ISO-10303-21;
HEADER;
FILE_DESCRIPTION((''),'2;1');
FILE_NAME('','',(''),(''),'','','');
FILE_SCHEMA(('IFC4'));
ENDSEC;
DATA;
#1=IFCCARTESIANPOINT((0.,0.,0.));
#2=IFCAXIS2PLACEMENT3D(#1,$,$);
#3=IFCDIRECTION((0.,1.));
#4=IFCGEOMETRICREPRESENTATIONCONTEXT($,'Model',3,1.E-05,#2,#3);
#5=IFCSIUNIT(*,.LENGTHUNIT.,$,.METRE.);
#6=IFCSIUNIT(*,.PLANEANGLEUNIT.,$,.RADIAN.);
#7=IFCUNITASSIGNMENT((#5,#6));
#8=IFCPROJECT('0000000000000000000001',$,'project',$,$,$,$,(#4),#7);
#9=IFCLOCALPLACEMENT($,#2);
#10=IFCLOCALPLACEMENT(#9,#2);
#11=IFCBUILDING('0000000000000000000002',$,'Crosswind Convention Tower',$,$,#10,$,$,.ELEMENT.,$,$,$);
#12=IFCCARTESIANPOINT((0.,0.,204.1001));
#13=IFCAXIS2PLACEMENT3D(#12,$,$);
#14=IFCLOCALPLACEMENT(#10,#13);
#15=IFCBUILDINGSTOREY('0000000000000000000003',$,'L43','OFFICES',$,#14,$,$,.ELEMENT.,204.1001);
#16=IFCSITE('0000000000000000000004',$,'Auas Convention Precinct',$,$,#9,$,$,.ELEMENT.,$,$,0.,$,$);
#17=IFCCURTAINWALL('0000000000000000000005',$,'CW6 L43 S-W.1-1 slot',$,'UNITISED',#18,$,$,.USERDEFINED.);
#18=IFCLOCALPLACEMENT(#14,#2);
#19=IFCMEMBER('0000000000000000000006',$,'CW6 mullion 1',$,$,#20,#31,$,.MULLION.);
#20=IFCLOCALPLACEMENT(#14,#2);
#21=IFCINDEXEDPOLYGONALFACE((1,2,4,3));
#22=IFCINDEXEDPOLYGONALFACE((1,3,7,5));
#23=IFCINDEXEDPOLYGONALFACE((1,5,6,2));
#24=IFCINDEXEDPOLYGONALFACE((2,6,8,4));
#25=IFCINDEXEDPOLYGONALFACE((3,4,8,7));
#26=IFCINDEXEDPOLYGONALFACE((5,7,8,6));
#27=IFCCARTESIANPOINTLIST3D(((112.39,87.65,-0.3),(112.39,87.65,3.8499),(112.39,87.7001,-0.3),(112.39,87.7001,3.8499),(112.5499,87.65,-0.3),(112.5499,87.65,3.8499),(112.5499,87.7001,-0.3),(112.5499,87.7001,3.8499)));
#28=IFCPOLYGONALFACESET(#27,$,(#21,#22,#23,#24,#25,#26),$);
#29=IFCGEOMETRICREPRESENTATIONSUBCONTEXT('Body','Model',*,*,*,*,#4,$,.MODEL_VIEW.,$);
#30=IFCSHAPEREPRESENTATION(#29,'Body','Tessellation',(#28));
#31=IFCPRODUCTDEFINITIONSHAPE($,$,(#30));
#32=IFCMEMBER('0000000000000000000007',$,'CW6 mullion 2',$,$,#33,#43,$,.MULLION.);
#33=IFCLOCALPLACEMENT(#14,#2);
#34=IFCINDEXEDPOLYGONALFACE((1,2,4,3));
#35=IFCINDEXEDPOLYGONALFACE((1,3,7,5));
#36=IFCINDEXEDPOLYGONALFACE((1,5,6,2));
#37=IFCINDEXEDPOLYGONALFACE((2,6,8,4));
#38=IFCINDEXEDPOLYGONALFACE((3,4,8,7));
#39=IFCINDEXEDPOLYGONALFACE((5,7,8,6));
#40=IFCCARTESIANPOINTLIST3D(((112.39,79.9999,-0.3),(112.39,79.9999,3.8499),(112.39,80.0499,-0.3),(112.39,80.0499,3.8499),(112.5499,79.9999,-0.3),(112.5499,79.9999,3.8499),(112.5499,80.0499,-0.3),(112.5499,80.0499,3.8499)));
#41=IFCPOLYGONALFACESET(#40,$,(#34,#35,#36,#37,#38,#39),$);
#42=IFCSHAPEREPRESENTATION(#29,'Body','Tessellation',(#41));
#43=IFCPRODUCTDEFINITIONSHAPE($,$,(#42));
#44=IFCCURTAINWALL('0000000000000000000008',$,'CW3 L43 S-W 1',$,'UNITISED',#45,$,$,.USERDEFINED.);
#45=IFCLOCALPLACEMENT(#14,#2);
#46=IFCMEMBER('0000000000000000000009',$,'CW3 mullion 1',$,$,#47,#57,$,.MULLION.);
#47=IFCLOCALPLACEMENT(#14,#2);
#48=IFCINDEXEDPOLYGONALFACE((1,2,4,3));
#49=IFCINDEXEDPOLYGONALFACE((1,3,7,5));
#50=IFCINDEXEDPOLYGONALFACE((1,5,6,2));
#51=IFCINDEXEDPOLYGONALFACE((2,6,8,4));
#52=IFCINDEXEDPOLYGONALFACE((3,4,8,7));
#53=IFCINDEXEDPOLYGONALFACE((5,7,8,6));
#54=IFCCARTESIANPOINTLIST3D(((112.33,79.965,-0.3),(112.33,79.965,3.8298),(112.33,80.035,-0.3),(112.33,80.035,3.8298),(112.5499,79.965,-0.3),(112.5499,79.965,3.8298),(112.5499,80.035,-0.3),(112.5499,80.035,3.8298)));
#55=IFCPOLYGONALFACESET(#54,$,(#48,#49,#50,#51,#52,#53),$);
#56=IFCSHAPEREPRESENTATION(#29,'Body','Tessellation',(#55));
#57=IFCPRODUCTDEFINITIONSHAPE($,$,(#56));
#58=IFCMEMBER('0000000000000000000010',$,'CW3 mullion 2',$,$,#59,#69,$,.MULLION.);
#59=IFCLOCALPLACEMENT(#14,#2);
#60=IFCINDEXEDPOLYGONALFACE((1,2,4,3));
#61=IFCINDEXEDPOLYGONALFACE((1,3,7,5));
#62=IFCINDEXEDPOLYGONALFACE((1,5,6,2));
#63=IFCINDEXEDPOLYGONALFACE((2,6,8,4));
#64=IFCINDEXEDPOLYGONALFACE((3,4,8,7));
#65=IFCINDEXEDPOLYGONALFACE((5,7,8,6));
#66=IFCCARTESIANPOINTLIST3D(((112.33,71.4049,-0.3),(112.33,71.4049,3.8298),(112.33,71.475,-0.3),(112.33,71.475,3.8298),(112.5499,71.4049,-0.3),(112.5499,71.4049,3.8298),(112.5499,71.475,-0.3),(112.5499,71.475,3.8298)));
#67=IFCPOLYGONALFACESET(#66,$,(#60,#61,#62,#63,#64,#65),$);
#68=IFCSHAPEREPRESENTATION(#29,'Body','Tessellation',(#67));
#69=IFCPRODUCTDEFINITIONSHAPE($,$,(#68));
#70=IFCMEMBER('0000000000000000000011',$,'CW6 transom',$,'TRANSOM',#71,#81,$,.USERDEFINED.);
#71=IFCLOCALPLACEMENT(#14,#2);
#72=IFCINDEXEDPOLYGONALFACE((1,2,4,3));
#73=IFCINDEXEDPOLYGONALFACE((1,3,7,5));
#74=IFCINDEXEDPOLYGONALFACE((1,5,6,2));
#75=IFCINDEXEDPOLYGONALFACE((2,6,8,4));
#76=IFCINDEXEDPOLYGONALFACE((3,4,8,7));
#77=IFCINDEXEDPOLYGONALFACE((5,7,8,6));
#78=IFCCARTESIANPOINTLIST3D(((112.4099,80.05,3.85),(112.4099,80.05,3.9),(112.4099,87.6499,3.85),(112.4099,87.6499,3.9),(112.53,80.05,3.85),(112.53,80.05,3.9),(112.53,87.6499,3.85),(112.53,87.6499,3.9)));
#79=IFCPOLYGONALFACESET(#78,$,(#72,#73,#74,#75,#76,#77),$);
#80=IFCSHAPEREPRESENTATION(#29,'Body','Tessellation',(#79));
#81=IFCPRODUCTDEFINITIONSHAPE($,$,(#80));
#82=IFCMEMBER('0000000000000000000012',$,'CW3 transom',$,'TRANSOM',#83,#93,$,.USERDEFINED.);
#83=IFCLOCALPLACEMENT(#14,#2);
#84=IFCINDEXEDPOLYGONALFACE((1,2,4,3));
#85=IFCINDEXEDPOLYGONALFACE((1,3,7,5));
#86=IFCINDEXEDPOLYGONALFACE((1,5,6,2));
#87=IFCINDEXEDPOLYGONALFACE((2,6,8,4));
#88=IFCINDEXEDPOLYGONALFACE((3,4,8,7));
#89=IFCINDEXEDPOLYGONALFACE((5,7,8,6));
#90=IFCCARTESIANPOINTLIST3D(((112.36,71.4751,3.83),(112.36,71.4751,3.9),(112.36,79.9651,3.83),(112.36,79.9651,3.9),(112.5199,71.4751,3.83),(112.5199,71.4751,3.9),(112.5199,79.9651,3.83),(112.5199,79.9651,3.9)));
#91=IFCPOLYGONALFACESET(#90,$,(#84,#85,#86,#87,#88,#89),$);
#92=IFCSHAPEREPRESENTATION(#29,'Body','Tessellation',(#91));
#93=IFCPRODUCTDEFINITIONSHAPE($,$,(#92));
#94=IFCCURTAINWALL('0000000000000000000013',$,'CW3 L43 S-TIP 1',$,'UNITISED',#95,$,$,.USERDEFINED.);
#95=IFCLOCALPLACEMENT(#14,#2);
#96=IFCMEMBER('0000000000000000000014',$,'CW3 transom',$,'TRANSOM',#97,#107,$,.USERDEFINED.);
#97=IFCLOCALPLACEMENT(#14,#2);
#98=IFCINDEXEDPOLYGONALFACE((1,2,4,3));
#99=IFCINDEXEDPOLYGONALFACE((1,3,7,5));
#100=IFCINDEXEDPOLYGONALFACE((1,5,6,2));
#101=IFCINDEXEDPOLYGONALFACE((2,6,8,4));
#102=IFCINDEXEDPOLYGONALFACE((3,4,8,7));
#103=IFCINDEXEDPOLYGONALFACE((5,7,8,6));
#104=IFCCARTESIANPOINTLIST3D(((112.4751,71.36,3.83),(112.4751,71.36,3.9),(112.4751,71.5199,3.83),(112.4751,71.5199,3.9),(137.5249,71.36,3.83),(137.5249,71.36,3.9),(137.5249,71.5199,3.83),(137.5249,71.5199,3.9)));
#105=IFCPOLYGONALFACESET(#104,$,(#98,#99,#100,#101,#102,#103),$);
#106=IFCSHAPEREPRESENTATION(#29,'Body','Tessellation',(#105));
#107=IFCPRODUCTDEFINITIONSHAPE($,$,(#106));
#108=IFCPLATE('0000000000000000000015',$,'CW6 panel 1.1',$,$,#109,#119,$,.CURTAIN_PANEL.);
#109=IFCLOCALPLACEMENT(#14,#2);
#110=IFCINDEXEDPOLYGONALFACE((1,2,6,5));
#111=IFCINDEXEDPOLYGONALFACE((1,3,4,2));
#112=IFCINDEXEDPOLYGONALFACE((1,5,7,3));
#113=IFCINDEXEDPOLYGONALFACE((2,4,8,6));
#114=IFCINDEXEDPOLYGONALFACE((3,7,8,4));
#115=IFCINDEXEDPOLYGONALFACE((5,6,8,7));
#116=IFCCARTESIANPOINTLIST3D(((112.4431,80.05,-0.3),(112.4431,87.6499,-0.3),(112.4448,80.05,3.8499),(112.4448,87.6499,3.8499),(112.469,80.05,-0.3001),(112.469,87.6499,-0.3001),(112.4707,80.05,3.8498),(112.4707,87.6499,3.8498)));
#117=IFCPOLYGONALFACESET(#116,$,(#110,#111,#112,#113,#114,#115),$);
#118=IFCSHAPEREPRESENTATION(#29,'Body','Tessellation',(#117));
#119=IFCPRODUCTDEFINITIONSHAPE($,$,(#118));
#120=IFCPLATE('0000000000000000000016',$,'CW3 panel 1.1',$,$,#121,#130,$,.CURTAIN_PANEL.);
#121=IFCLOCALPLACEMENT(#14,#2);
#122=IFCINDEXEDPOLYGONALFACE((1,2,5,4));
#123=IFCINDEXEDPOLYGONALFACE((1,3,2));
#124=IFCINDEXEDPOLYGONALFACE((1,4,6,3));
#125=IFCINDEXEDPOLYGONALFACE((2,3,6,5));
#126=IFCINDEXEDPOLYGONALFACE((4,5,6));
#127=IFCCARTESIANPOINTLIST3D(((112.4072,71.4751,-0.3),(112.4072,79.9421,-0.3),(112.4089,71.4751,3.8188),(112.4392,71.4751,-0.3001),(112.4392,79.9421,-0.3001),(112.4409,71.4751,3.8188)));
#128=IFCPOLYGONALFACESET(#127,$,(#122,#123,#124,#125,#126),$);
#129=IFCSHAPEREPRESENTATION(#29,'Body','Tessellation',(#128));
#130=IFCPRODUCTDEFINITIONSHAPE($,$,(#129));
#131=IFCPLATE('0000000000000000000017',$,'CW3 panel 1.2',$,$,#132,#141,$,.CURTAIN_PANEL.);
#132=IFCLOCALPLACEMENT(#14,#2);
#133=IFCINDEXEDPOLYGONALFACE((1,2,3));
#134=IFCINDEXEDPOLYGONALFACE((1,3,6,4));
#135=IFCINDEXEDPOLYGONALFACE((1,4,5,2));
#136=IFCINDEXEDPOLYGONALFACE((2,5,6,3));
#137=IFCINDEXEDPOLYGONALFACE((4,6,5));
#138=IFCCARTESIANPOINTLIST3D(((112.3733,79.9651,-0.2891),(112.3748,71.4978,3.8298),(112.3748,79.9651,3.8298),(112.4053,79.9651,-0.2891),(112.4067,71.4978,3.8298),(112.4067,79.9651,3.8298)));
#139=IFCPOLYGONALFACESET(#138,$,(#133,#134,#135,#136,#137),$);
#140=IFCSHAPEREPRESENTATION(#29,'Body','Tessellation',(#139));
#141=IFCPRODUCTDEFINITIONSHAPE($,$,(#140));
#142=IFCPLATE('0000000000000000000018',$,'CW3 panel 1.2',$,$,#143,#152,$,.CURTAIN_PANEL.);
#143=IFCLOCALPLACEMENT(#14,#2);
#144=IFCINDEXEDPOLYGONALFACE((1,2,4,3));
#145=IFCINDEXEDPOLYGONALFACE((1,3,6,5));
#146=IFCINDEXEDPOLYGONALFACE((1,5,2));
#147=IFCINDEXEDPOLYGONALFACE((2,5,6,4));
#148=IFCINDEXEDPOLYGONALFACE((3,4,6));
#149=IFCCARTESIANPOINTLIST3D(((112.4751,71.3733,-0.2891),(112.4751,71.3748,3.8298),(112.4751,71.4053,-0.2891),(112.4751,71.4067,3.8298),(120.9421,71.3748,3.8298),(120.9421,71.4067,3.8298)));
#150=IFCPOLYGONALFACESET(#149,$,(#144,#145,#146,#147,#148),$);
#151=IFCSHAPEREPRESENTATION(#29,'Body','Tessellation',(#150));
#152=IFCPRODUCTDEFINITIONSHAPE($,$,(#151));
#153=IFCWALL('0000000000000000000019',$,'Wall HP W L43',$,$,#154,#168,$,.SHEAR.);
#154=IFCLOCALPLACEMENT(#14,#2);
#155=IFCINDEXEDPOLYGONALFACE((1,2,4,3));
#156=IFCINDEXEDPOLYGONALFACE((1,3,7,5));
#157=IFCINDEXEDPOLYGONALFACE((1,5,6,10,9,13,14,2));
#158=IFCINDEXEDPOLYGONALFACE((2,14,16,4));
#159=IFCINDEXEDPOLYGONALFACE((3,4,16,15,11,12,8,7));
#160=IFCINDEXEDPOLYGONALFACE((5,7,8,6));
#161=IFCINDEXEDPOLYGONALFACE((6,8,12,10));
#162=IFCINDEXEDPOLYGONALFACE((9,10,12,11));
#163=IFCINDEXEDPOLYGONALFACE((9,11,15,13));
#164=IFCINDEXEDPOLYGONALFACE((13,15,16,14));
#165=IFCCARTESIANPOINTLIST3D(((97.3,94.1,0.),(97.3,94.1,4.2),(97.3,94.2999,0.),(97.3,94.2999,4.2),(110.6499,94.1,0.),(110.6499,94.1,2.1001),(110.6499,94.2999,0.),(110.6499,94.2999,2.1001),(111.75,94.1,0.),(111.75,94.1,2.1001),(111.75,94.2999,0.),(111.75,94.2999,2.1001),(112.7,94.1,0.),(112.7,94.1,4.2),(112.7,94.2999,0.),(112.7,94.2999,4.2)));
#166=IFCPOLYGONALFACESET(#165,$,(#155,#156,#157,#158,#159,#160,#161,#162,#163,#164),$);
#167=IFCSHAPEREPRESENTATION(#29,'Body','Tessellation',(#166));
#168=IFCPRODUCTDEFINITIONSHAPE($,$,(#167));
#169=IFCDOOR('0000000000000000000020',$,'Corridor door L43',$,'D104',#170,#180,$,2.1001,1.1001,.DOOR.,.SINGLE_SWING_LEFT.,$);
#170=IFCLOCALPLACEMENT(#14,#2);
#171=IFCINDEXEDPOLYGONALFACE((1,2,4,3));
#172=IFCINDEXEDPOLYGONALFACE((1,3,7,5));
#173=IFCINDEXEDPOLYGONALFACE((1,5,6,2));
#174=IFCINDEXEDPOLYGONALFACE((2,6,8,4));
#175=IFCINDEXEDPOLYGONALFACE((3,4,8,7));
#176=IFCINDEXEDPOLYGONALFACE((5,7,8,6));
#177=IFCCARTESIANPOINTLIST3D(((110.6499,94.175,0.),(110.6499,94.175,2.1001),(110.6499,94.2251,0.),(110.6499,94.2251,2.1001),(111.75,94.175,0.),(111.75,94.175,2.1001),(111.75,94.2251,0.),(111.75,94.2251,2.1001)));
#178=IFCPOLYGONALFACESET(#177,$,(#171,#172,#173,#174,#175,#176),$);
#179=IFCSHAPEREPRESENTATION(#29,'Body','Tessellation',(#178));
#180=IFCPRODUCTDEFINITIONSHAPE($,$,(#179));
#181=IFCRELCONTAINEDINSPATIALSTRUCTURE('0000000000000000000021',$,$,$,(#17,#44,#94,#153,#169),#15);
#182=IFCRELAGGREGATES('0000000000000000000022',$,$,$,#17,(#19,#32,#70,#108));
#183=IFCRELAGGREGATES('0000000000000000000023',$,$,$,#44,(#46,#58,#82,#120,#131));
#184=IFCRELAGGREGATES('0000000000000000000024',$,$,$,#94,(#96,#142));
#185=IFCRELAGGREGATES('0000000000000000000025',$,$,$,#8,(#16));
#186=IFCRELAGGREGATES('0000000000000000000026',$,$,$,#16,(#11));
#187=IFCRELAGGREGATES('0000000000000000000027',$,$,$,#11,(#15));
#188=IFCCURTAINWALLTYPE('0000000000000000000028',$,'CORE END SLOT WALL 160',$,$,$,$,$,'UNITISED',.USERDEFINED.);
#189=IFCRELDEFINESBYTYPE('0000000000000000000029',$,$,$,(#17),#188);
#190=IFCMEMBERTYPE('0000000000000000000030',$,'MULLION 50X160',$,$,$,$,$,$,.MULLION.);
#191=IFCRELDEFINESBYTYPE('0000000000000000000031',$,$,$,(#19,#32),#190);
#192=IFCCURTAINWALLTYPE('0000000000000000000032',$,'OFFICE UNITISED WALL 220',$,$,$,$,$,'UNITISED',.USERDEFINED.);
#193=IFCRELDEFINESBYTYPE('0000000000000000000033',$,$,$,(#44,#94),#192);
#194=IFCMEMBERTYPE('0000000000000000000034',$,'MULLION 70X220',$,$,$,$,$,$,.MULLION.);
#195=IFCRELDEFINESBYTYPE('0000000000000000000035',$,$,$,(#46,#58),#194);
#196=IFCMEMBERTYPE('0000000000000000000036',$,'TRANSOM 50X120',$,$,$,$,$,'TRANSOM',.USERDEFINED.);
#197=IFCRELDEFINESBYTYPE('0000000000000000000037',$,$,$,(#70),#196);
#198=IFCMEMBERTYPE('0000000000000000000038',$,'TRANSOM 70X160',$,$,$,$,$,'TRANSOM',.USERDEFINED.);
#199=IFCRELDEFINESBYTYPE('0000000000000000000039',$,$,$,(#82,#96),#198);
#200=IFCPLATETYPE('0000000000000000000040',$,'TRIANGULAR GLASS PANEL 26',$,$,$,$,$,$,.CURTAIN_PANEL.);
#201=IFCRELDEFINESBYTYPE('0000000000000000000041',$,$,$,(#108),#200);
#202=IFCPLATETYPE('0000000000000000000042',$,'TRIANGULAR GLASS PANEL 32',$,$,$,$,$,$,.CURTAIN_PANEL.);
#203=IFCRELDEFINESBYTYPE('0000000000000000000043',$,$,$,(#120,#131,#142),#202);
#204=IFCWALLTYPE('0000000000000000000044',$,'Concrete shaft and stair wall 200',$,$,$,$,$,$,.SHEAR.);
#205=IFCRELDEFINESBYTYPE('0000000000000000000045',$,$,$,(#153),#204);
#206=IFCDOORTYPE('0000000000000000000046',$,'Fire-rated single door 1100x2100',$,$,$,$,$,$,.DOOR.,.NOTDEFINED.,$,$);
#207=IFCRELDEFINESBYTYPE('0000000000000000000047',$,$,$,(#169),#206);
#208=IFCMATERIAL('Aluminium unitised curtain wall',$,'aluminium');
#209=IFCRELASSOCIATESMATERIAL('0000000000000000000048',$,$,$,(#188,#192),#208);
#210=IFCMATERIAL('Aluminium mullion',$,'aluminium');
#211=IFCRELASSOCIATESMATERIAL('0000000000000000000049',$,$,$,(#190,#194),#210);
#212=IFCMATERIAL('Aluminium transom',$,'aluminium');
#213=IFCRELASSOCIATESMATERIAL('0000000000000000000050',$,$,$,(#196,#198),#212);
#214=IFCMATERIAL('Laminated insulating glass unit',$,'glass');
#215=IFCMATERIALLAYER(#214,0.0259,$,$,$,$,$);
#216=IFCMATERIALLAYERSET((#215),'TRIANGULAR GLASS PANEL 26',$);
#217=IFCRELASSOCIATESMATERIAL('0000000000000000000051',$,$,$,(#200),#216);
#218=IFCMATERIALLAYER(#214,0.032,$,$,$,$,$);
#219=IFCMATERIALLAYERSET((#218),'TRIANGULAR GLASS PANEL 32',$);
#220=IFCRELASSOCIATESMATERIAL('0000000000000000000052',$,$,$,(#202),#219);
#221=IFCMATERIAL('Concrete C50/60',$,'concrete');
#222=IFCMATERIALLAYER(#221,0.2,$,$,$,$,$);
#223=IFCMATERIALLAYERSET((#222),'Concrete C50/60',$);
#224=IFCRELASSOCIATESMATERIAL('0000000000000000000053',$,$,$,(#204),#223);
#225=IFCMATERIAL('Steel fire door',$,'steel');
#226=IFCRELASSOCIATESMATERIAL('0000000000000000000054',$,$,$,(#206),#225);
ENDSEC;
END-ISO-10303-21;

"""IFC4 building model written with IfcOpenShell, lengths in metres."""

from ifc_helpers import new_model, si_unit, direction, frame, frame_2d, origin, origin_2d, place, context, subcontext, project, spatial, polyline, rectangle, outline, extrude, material, layer, layer_set, material_profile, profile_set, type_object, element, fill, aggregate, save


model = new_model("IFC4")

# Units and contexts
model_context = context("Model", 3, precision=1e-05, world=origin(), true_north=direction((0.0, 1.0)))
body_context = subcontext(model_context, "Body", "Model", "MODEL_VIEW")
ifc_project = project(units=[si_unit("LENGTHUNIT", "METRE"), si_unit("PLANEANGLEUNIT", "RADIAN")], contexts=[model_context])

# Site, building, storey
site_placement = place(None, origin())
site = spatial("IfcSite", under=ifc_project, at=site_placement, Name="Auas Convention Precinct", CompositionType="ELEMENT", RefElevation=0.0)
building_placement = place(site_placement, origin())
building = spatial("IfcBuilding", under=site, at=building_placement, Name="Crosswind Convention Tower", CompositionType="ELEMENT")
storey_placement = place(building_placement, frame((0.0, 0.0, 204.1001)))
storey = spatial("IfcBuildingStorey", under=building, at=storey_placement, Name="L43", Description="OFFICES", CompositionType="ELEMENT", Elevation=204.1001)

# Curtain walls, members
ifc_material_1 = material(Name="Aluminium unitised curtain wall", Category="aluminium")
curtain_wall_type_1 = type_object("IfcCurtainWallType", Name="CORE END SLOT WALL 160", ElementType="UNITISED", PredefinedType="USERDEFINED", material=ifc_material_1)
curtain_wall_1_placement = place(storey_placement, origin())
curtain_wall_1 = element("IfcCurtainWall", 1, at=curtain_wall_1_placement, inside=storey, type_object=curtain_wall_type_1, Name="CW6 L43 S-W.1-1 slot", ObjectType="UNITISED", PredefinedType="USERDEFINED")
ifc_material_2 = material(Name="Aluminium mullion", Category="aluminium")
ifc_material_profile_1 = material_profile(ifc_material_2, rectangle(XDim=0.1599, YDim=0.05, at=origin_2d()), Name="AL 160X50")
ifc_profile_set_1 = profile_set([ifc_material_profile_1], Name="Aluminium mullion")
member_type_1 = type_object("IfcMemberType", Name="MULLION 50X160", PredefinedType="MULLION", material=ifc_profile_set_1)
member_1_placement = place(storey_placement, frame((112.47, 87.675, -0.3), z_axis=(0.0, 0.0, 1.0), x_axis=(-1.0, 0.0, 0.0)))
member_1 = element("IfcMember", 2, at=member_1_placement, type_object=member_type_1, Name="CW6 mullion 1", PredefinedType="MULLION", context=body_context, shape_type="SweptSolid", body=[
    extrude(rectangle(XDim=0.1599, YDim=0.05, at=origin_2d()), origin(), (0.0, 0.0, 1.0), 4.1499),
])
member_2_placement = place(storey_placement, frame((112.47, 80.0249, -0.3), z_axis=(0.0, 0.0, 1.0), x_axis=(-1.0, 0.0, 0.0)))
member_2 = element("IfcMember", 3, at=member_2_placement, type_object=member_type_1, Name="CW6 mullion 2", PredefinedType="MULLION", context=body_context, shape_type="SweptSolid", body=[
    extrude(rectangle(XDim=0.1599, YDim=0.05, at=origin_2d()), origin(), (0.0, 0.0, 1.0), 4.1499),
])
curtain_wall_type_2 = type_object("IfcCurtainWallType", Name="OFFICE UNITISED WALL 220", ElementType="UNITISED", PredefinedType="USERDEFINED", material=ifc_material_1)
curtain_wall_2_placement = place(storey_placement, origin())
curtain_wall_2 = element("IfcCurtainWall", 4, at=curtain_wall_2_placement, inside=storey, type_object=curtain_wall_type_2, Name="CW3 L43 S-W 1", ObjectType="UNITISED", PredefinedType="USERDEFINED")
ifc_material_profile_2 = material_profile(ifc_material_2, rectangle(XDim=0.22, YDim=0.0701, at=origin_2d()), Name="AL 220X70")
ifc_profile_set_2 = profile_set([ifc_material_profile_2], Name="Aluminium mullion")
member_type_2 = type_object("IfcMemberType", Name="MULLION 70X220", PredefinedType="MULLION", material=ifc_profile_set_2)
member_3_placement = place(storey_placement, frame((112.4399, 80.0, -0.3), z_axis=(0.0, 0.0, 1.0), x_axis=(-1.0, 0.0, 0.0)))
member_3 = element("IfcMember", 5, at=member_3_placement, type_object=member_type_2, Name="CW3 mullion 1", PredefinedType="MULLION", context=body_context, shape_type="SweptSolid", body=[
    extrude(rectangle(XDim=0.22, YDim=0.0701, at=origin_2d()), origin(), (0.0, 0.0, 1.0), 4.1299),
])
member_4_placement = place(storey_placement, frame((112.4399, 71.4399, -0.3), z_axis=(0.0, 0.0, 1.0), x_axis=(-1.0, 0.0, 0.0)))
member_4 = element("IfcMember", 6, at=member_4_placement, type_object=member_type_2, Name="CW3 mullion 2", PredefinedType="MULLION", context=body_context, shape_type="SweptSolid", body=[
    extrude(rectangle(XDim=0.22, YDim=0.0701, at=origin_2d()), origin(), (0.0, 0.0, 1.0), 4.1299),
])

# Members
ifc_material_3 = material(Name="Aluminium transom", Category="aluminium")
ifc_material_profile_3 = material_profile(ifc_material_3, rectangle(XDim=0.1201, YDim=0.05, at=origin_2d()), Name="AL 120X50")
ifc_profile_set_3 = profile_set([ifc_material_profile_3], Name="Aluminium transom")
member_type_3 = type_object("IfcMemberType", Name="TRANSOM 50X120", ElementType="TRANSOM", PredefinedType="USERDEFINED", material=ifc_profile_set_3)
member_5_placement = place(storey_placement, frame((112.47, 87.6499, 3.875), z_axis=(0.0, -1.0, 0.0), x_axis=(1.0, 0.0, 0.0)))
member_5 = element("IfcMember", 7, at=member_5_placement, type_object=member_type_3, Name="CW6 transom", ObjectType="TRANSOM", PredefinedType="USERDEFINED", context=body_context, shape_type="SweptSolid", body=[
    extrude(rectangle(XDim=0.1201, YDim=0.05, at=origin_2d()), origin(), (0.0, 0.0, 1.0), 7.5999),
])
ifc_material_profile_4 = material_profile(ifc_material_3, rectangle(XDim=0.1599, YDim=0.0701, at=origin_2d()), Name="AL 160X70")
ifc_profile_set_4 = profile_set([ifc_material_profile_4], Name="Aluminium transom")
member_type_4 = type_object("IfcMemberType", Name="TRANSOM 70X160", ElementType="TRANSOM", PredefinedType="USERDEFINED", material=ifc_profile_set_4)
member_6_placement = place(storey_placement, frame((112.4399, 79.9651, 3.865), z_axis=(0.0, -1.0, 0.0), x_axis=(1.0, 0.0, 0.0)))
member_6 = element("IfcMember", 8, at=member_6_placement, type_object=member_type_4, Name="CW3 transom", ObjectType="TRANSOM", PredefinedType="USERDEFINED", context=body_context, shape_type="SweptSolid", body=[
    extrude(rectangle(XDim=0.1599, YDim=0.0701, at=origin_2d()), origin(), (0.0, 0.0, 1.0), 8.49),
])

# Curtain wall, member
curtain_wall_3_placement = place(storey_placement, origin())
curtain_wall_3 = element("IfcCurtainWall", 9, at=curtain_wall_3_placement, inside=storey, type_object=curtain_wall_type_2, Name="CW3 L43 S-TIP 1", ObjectType="UNITISED", PredefinedType="USERDEFINED")
member_7_placement = place(storey_placement, frame((112.4751, 71.4399, 3.865), z_axis=(1.0, 0.0, 0.0), x_axis=(0.0, 1.0, 0.0)))
member_7 = element("IfcMember", 10, at=member_7_placement, type_object=member_type_4, Name="CW3 transom", ObjectType="TRANSOM", PredefinedType="USERDEFINED", context=body_context, shape_type="SweptSolid", body=[
    extrude(rectangle(XDim=0.1599, YDim=0.0701, at=origin_2d()), origin(), (0.0, 0.0, 1.0), 25.0498),
])

# Plates
ifc_material_4 = material(Name="Laminated insulating glass unit", Category="glass")
ifc_layer_1 = layer(ifc_material_4, 0.0259)
ifc_layer_set_1 = layer_set([ifc_layer_1], Name="TRIANGULAR GLASS PANEL 26")
plate_type_1 = type_object("IfcPlateType", Name="TRIANGULAR GLASS PANEL 26", PredefinedType="CURTAIN_PANEL", material=ifc_layer_set_1)
plate_1_placement = place(storey_placement, frame((112.4431, 87.6499, -0.3), z_axis=(-1.0, 0.0, 0.000412), x_axis=(0.0, -1.0, 0.0)))
plate_1 = element("IfcPlate", 11, at=plate_1_placement, type_object=plate_type_1, Name="CW6 panel 1.1", PredefinedType="CURTAIN_PANEL", context=body_context, shape_type="SweptSolid", body=[
    extrude(outline(polyline([(0.0, 0.0), (7.5999, 0.0), (7.5999, 4.1499), (0.0, 4.1499), (0.0, 0.0)])), origin(), (0.0, 0.0, -1.0), 0.0259),
])
aggregate(curtain_wall_1, [member_1, member_2, member_5, plate_1])
ifc_layer_2 = layer(ifc_material_4, 0.032)
ifc_layer_set_2 = layer_set([ifc_layer_2], Name="TRIANGULAR GLASS PANEL 32")
plate_type_2 = type_object("IfcPlateType", Name="TRIANGULAR GLASS PANEL 32", PredefinedType="CURTAIN_PANEL", material=ifc_layer_set_2)
plate_2_placement = place(storey_placement, frame((112.4072, 71.4751, -0.3), z_axis=(-1.0, 0.0, 0.000415), x_axis=(0.000415, 0.0, 1.0)))
plate_2 = element("IfcPlate", 12, at=plate_2_placement, type_object=plate_type_2, Name="CW3 panel 1.1", PredefinedType="CURTAIN_PANEL", context=body_context, shape_type="SweptSolid", body=[
    extrude(outline(polyline([(0.0, 0.0), (4.1189, 0.0), (0.0, 8.467), (0.0, 0.0)])), origin(), (0.0, 0.0, -1.0), 0.032),
])
plate_3_placement = place(storey_placement, frame((112.3748, 79.9651, 3.8298), z_axis=(-1.0, 0.0, 0.000356), x_axis=(-0.000356, 0.0, -1.0)))
plate_3 = element("IfcPlate", 13, at=plate_3_placement, type_object=plate_type_2, Name="CW3 panel 1.2", PredefinedType="CURTAIN_PANEL", context=body_context, shape_type="SweptSolid", body=[
    extrude(outline(polyline([(0.0, 0.0), (4.1189, 0.0), (0.0, 8.4673), (0.0, 0.0)])), origin(), (0.0, 0.0, -1.0), 0.032),
])
plate_4_placement = place(storey_placement, frame((112.4751, 71.3748, 3.8298), z_axis=(0.0, -1.0, 0.000356), x_axis=(0.0, -0.000356, -1.0)))
plate_4 = element("IfcPlate", 14, at=plate_4_placement, type_object=plate_type_2, Name="CW3 panel 1.2", PredefinedType="CURTAIN_PANEL", context=body_context, shape_type="SweptSolid", body=[
    extrude(outline(polyline([(0.0, 0.0), (4.1189, 0.0), (0.0, 8.467), (0.0, 0.0)])), origin(), (0.0, 0.0, -1.0), 0.032),
])

# Wall, opening, door
ifc_material_5 = material(Name="Concrete C50/60", Category="concrete")
ifc_layer_3 = layer(ifc_material_5, 0.2)
ifc_layer_set_3 = layer_set([ifc_layer_3], Name="Concrete C50/60")
wall_type_1 = type_object("IfcWallType", Name="Concrete shaft and stair wall 200", PredefinedType="SHEAR", material=ifc_layer_set_3)
wall_1_placement = place(storey_placement, frame((112.7, 94.2, 0.0), z_axis=(0.0, 0.0, 1.0), x_axis=(-1.0, 0.0, 0.0)))
wall_1 = element("IfcWall", 15, at=wall_1_placement, inside=storey, type_object=wall_type_1, Name="Wall HP W L43", PredefinedType="SHEAR", context=body_context, shape_type="SweptSolid", body=[
    extrude(rectangle(XDim=15.3999, YDim=0.2, at=frame_2d((7.7, 0.0))), origin(), (0.0, 0.0, 1.0), 4.2),
])
opening_1_placement = place(wall_1_placement, frame((0.95, 0.0, 0.0)))
opening_1 = element("IfcOpeningElement", 16, at=opening_1_placement, cuts=wall_1, PredefinedType="OPENING", context=body_context, shape_type="SweptSolid", body=[
    extrude(rectangle(XDim=1.1001, YDim=2.1001, at=frame_2d((0.55, 1.05))), frame((0.0, 0.1099, 0.0), z_axis=(0.0, -1.0, 0.0), x_axis=(1.0, 0.0, 0.0)), (0.0, 0.0, 1.0), 0.22),
])
ifc_material_6 = material(Name="Steel fire door", Category="steel")
door_type_1 = type_object("IfcDoorType", Name="Fire-rated single door 1100x2100", OperationType="NOTDEFINED", PredefinedType="DOOR", material=ifc_material_6)
door_1_placement = place(opening_1_placement, origin())
door_1 = element("IfcDoor", 17, at=door_1_placement, inside=storey, type_object=door_type_1, Name="Corridor door L43", ObjectType="D104", OperationType="SINGLE_SWING_LEFT", OverallHeight=2.1001, OverallWidth=1.1001, PredefinedType="DOOR", context=body_context, shape_type="SweptSolid", body=[
    extrude(rectangle(XDim=1.1001, YDim=2.1001, at=frame_2d((0.55, 1.05))), frame((0.0, 0.0249, 0.0), z_axis=(0.0, -1.0, 0.0), x_axis=(1.0, 0.0, 0.0)), (0.0, 0.0, 1.0), 0.05),
])
fill(opening_1, door_1)

aggregate(curtain_wall_2, [member_3, member_4, member_6, plate_2, plate_3])
aggregate(curtain_wall_3, [member_7, plate_4])

save(model, "model.ifc")
